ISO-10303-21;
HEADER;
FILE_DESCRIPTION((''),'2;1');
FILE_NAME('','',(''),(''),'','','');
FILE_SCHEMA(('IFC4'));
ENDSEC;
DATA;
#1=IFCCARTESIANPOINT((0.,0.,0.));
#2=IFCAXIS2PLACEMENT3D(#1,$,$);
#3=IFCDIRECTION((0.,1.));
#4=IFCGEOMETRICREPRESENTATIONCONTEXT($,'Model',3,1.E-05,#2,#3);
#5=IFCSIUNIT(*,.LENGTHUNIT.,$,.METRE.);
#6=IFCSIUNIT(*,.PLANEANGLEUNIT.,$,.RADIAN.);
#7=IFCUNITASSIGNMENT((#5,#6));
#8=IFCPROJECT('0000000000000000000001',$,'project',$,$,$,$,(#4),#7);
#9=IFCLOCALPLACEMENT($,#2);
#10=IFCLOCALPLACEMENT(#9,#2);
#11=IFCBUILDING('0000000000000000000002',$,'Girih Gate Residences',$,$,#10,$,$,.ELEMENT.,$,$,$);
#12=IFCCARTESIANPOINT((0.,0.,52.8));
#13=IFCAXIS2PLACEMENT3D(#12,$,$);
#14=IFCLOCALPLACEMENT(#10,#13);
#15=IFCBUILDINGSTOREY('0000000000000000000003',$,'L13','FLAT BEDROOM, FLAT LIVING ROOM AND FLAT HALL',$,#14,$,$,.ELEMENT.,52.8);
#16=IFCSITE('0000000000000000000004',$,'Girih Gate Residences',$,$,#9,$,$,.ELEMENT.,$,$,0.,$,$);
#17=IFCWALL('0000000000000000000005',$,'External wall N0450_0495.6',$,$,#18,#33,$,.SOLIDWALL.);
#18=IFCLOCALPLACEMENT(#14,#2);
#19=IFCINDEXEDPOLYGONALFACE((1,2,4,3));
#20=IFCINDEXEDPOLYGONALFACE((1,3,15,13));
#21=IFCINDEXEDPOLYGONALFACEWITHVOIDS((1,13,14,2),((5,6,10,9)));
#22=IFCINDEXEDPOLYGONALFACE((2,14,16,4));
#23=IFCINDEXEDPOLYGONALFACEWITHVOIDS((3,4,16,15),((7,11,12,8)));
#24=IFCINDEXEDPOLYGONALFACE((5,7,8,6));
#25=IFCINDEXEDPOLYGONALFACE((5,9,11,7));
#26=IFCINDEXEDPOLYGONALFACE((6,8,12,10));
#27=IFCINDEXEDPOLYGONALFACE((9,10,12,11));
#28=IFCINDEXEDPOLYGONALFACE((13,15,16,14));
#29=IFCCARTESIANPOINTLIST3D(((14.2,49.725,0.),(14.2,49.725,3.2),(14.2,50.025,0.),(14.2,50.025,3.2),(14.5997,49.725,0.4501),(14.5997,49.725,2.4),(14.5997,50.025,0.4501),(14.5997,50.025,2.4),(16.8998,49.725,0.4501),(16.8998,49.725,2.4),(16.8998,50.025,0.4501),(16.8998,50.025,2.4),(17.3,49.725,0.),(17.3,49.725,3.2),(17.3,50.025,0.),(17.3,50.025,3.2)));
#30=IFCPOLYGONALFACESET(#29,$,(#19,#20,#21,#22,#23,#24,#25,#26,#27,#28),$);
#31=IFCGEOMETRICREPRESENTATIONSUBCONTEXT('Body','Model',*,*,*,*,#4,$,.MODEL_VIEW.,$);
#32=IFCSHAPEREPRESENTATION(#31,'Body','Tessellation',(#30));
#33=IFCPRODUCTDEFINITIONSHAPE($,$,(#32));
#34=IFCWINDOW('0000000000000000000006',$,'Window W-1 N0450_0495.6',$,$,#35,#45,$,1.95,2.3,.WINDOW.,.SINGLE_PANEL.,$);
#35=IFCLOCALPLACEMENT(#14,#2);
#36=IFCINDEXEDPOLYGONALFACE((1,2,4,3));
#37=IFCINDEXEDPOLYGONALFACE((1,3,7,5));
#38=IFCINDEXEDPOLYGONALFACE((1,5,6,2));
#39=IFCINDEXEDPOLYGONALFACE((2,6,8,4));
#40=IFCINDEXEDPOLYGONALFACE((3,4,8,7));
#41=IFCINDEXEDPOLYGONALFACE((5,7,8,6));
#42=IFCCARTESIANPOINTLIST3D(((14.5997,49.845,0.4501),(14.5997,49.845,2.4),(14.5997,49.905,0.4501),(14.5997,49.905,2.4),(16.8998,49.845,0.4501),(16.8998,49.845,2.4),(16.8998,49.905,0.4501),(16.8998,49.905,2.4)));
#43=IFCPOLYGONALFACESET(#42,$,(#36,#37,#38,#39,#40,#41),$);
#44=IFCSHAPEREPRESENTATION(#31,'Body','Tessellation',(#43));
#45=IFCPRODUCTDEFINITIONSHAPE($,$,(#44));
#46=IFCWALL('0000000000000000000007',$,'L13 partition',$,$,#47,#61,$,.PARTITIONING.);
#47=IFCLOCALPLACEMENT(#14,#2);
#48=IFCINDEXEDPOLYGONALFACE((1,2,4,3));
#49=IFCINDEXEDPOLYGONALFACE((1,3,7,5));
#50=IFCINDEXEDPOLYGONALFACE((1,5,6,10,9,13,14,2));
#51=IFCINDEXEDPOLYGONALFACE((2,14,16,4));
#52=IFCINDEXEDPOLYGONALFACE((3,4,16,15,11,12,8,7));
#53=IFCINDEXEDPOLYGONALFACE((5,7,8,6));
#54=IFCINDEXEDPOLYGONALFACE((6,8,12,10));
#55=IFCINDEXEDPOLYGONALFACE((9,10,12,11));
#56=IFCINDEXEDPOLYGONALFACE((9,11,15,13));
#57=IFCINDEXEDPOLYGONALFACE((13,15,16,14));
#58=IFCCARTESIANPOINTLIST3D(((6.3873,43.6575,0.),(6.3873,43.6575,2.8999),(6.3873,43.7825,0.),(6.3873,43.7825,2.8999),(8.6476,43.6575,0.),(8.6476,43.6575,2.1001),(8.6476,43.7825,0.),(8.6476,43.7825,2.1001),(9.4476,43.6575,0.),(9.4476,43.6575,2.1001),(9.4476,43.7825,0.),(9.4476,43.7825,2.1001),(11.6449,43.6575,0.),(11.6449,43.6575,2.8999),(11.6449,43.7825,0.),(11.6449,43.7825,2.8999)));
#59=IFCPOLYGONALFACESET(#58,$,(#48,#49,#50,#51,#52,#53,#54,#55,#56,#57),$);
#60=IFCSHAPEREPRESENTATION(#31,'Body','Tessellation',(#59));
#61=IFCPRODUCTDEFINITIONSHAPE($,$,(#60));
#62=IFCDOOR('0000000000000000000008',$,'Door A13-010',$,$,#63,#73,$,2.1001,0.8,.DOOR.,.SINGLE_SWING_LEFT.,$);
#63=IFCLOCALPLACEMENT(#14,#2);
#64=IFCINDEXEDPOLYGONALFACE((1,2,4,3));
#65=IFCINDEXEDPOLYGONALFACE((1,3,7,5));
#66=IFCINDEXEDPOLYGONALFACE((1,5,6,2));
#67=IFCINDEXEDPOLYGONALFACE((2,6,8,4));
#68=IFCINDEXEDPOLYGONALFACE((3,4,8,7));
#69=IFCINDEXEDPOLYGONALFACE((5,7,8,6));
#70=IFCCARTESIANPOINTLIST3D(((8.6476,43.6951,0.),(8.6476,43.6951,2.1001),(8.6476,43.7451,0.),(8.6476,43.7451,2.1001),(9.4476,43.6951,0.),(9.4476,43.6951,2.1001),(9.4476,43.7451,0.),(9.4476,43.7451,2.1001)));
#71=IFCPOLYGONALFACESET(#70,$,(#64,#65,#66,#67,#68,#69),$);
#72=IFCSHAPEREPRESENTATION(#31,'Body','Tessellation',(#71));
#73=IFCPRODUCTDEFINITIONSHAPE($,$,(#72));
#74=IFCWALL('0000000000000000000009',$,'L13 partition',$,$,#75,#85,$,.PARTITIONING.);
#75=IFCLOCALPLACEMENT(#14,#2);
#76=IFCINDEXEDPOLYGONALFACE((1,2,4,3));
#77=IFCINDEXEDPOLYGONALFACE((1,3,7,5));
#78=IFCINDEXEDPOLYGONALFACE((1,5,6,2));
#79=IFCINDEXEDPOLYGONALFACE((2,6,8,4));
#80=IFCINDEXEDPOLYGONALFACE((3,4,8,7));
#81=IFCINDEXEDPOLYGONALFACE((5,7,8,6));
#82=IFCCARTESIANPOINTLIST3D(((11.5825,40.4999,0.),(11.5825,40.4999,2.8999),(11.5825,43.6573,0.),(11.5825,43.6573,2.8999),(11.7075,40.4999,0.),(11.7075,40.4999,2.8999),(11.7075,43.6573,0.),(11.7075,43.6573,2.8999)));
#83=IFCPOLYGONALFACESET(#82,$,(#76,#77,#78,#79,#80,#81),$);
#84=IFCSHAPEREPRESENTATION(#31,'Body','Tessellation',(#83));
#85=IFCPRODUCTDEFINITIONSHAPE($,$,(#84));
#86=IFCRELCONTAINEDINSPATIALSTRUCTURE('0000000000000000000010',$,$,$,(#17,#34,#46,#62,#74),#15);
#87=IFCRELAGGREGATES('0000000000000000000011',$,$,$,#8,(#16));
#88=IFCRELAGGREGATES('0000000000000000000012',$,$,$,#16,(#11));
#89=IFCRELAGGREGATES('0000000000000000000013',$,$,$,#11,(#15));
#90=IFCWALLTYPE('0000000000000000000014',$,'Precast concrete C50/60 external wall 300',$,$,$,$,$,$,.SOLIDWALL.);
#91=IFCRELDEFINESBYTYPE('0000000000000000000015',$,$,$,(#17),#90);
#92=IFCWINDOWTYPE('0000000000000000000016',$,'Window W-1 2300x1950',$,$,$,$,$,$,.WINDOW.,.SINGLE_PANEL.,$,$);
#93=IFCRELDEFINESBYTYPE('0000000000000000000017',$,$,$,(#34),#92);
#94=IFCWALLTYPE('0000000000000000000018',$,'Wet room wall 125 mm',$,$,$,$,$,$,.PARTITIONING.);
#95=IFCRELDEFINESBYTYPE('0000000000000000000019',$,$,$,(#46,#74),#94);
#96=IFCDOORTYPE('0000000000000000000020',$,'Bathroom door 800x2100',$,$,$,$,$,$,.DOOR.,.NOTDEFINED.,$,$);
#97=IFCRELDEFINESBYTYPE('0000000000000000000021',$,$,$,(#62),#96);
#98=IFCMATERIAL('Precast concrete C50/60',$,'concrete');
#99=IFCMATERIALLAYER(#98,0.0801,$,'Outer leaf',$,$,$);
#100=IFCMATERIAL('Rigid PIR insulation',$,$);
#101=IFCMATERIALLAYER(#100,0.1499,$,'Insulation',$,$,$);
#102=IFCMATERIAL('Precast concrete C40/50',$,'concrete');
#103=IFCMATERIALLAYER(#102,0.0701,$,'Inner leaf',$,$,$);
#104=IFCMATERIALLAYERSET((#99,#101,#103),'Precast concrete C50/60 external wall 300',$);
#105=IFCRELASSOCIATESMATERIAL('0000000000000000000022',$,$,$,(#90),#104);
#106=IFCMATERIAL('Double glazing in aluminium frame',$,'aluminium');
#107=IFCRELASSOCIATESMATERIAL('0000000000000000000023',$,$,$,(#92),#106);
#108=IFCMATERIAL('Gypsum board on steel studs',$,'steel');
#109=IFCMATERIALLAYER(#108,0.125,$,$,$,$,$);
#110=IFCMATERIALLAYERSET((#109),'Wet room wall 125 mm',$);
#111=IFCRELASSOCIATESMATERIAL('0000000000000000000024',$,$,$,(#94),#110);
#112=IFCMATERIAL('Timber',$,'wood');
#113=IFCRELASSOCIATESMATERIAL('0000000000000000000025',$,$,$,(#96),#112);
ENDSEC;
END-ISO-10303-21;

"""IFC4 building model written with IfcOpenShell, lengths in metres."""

from ifc_helpers import new_model, si_unit, direction, frame, frame_2d, origin, place, context, subcontext, project, spatial, rectangle, extrude, material, layer, layer_set, type_object, element, fill, save


model = new_model("IFC4")

# Units and contexts
model_context = context("Model", 3, precision=1e-05, world=origin(), true_north=direction((0.0, 1.0)))
body_context = subcontext(model_context, "Body", "Model", "MODEL_VIEW")
ifc_project = project(units=[si_unit("LENGTHUNIT", "METRE"), si_unit("PLANEANGLEUNIT", "RADIAN")], contexts=[model_context])

# Site, building, storey
site_placement = place(None, origin())
site = spatial("IfcSite", under=ifc_project, at=site_placement, Name="Girih Gate Residences", CompositionType="ELEMENT", RefElevation=0.0)
building_placement = place(site_placement, origin())
building = spatial("IfcBuilding", under=site, at=building_placement, Name="Girih Gate Residences", CompositionType="ELEMENT")
storey_placement = place(building_placement, frame((0.0, 0.0, 52.8)))
storey = spatial("IfcBuildingStorey", under=building, at=storey_placement, Name="L13", Description="FLAT BEDROOM, FLAT LIVING ROOM AND FLAT HALL", CompositionType="ELEMENT", Elevation=52.8)

# Shared definitions
ifc_material_1 = material(Name="Gypsum board on steel studs", Category="steel")

# Shared definitions
ifc_material_2 = material(Name="Timber", Category="wood")

# Wall, opening, window
ifc_material_3 = material(Name="Precast concrete C50/60", Category="concrete")
ifc_layer_1 = layer(ifc_material_3, 0.0801, Name="Outer leaf")
ifc_material_4 = material(Name="Rigid PIR insulation")
ifc_layer_2 = layer(ifc_material_4, 0.1499, Name="Insulation")
ifc_material_5 = material(Name="Precast concrete C40/50", Category="concrete")
ifc_layer_3 = layer(ifc_material_5, 0.0701, Name="Inner leaf")
ifc_layer_set_1 = layer_set([ifc_layer_1, ifc_layer_2, ifc_layer_3], Name="Precast concrete C50/60 external wall 300")
wall_type_1 = type_object("IfcWallType", Name="Precast concrete C50/60 external wall 300", PredefinedType="SOLIDWALL", material=ifc_layer_set_1)
wall_1_placement = place(storey_placement, frame((14.2, 49.875, 0.0), z_axis=(0.0, 0.0, 1.0), x_axis=(1.0, 0.0, 0.0)))
wall_1 = element("IfcWall", 1, at=wall_1_placement, inside=storey, type_object=wall_type_1, Name="External wall N0450_0495.6", PredefinedType="SOLIDWALL", context=body_context, shape_type="SweptSolid", body=[
    extrude(rectangle(XDim=3.1001, YDim=0.3, at=frame_2d((1.55, 0.0))), origin(), (0.0, 0.0, 1.0), 3.2),
])
opening_1_placement = place(wall_1_placement, frame((0.3999, 0.0, 0.45)))
opening_1 = element("IfcOpeningElement", 2, at=opening_1_placement, cuts=wall_1, PredefinedType="OPENING", context=body_context, shape_type="SweptSolid", body=[
    extrude(rectangle(XDim=2.3, YDim=1.95, at=frame_2d((1.1499, 0.9751))), frame((0.0, 0.1599, 0.0), z_axis=(0.0, -1.0, 0.0), x_axis=(1.0, 0.0, 0.0)), (0.0, 0.0, 1.0), 0.3201),
])
ifc_material_6 = material(Name="Double glazing in aluminium frame", Category="aluminium")
window_type = type_object("IfcWindowType", Name="Window W-1 2300x1950", PartitioningType="SINGLE_PANEL", PredefinedType="WINDOW", material=ifc_material_6)
window_placement = place(opening_1_placement, origin())
window = element("IfcWindow", 3, at=window_placement, inside=storey, type_object=window_type, Name="Window W-1 N0450_0495.6", OverallHeight=1.95, OverallWidth=2.3, PartitioningType="SINGLE_PANEL", PredefinedType="WINDOW", context=body_context, shape_type="SweptSolid", body=[
    extrude(rectangle(XDim=2.3, YDim=1.95, at=frame_2d((1.1499, 0.9751))), frame((0.0, 0.03, 0.0), z_axis=(0.0, -1.0, 0.0), x_axis=(1.0, 0.0, 0.0)), (0.0, 0.0, 1.0), 0.0601),
])
fill(opening_1, window)

# Wall, opening, door
ifc_layer_4 = layer(ifc_material_1, 0.125)
ifc_layer_set_2 = layer_set([ifc_layer_4], Name="Wet room wall 125 mm")
wall_type_2 = type_object("IfcWallType", Name="Wet room wall 125 mm", PredefinedType="PARTITIONING", material=ifc_layer_set_2)
wall_2_placement = place(storey_placement, frame((11.645, 43.72, 0.0), z_axis=(0.0, 0.0, 1.0), x_axis=(-1.0, 0.0, 0.0)))
wall_2 = element("IfcWall", 4, at=wall_2_placement, inside=storey, type_object=wall_type_2, Name="L13 partition", PredefinedType="PARTITIONING", context=body_context, shape_type="SweptSolid", body=[
    extrude(rectangle(XDim=5.2576, YDim=0.125, at=frame_2d((2.6289, 0.0))), origin(), (0.0, 0.0, 1.0), 2.8999),
])
opening_2_placement = place(wall_2_placement, frame((2.1975, 0.0, 0.0)))
opening_2 = element("IfcOpeningElement", 5, at=opening_2_placement, cuts=wall_2, PredefinedType="OPENING", context=body_context, shape_type="SweptSolid", body=[
    extrude(rectangle(XDim=0.8, YDim=2.1001, at=frame_2d((0.3999, 1.05))), frame((0.0, 0.0725, 0.0), z_axis=(0.0, -1.0, 0.0), x_axis=(1.0, 0.0, 0.0)), (0.0, 0.0, 1.0), 0.145),
])
door_type_1 = type_object("IfcDoorType", Name="Bathroom door 800x2100", OperationType="NOTDEFINED", PredefinedType="DOOR", material=ifc_material_2)
door_1_placement = place(opening_2_placement, origin())
door_1 = element("IfcDoor", 6, at=door_1_placement, inside=storey, type_object=door_type_1, Name="Door A13-010", OperationType="SINGLE_SWING_LEFT", OverallHeight=2.1001, OverallWidth=0.8, PredefinedType="DOOR", context=body_context, shape_type="SweptSolid", body=[
    extrude(rectangle(XDim=0.8, YDim=2.1001, at=frame_2d((0.3999, 1.05))), frame((0.0, 0.0249, 0.0), z_axis=(0.0, -1.0, 0.0), x_axis=(1.0, 0.0, 0.0)), (0.0, 0.0, 1.0), 0.05),
])
fill(opening_2, door_1)

# Wall
wall_3_placement = place(storey_placement, frame((11.645, 40.5, 0.0), z_axis=(0.0, 0.0, 1.0), x_axis=(0.0, 1.0, 0.0)))
element("IfcWall", 7, at=wall_3_placement, inside=storey, type_object=wall_type_2, Name="L13 partition", PredefinedType="PARTITIONING", context=body_context, shape_type="SweptSolid", body=[
    extrude(rectangle(XDim=3.1575, YDim=0.125, at=frame_2d((1.5786, 0.0))), origin(), (0.0, 0.0, 1.0), 2.8999),
])

save(model, "model.ifc")
